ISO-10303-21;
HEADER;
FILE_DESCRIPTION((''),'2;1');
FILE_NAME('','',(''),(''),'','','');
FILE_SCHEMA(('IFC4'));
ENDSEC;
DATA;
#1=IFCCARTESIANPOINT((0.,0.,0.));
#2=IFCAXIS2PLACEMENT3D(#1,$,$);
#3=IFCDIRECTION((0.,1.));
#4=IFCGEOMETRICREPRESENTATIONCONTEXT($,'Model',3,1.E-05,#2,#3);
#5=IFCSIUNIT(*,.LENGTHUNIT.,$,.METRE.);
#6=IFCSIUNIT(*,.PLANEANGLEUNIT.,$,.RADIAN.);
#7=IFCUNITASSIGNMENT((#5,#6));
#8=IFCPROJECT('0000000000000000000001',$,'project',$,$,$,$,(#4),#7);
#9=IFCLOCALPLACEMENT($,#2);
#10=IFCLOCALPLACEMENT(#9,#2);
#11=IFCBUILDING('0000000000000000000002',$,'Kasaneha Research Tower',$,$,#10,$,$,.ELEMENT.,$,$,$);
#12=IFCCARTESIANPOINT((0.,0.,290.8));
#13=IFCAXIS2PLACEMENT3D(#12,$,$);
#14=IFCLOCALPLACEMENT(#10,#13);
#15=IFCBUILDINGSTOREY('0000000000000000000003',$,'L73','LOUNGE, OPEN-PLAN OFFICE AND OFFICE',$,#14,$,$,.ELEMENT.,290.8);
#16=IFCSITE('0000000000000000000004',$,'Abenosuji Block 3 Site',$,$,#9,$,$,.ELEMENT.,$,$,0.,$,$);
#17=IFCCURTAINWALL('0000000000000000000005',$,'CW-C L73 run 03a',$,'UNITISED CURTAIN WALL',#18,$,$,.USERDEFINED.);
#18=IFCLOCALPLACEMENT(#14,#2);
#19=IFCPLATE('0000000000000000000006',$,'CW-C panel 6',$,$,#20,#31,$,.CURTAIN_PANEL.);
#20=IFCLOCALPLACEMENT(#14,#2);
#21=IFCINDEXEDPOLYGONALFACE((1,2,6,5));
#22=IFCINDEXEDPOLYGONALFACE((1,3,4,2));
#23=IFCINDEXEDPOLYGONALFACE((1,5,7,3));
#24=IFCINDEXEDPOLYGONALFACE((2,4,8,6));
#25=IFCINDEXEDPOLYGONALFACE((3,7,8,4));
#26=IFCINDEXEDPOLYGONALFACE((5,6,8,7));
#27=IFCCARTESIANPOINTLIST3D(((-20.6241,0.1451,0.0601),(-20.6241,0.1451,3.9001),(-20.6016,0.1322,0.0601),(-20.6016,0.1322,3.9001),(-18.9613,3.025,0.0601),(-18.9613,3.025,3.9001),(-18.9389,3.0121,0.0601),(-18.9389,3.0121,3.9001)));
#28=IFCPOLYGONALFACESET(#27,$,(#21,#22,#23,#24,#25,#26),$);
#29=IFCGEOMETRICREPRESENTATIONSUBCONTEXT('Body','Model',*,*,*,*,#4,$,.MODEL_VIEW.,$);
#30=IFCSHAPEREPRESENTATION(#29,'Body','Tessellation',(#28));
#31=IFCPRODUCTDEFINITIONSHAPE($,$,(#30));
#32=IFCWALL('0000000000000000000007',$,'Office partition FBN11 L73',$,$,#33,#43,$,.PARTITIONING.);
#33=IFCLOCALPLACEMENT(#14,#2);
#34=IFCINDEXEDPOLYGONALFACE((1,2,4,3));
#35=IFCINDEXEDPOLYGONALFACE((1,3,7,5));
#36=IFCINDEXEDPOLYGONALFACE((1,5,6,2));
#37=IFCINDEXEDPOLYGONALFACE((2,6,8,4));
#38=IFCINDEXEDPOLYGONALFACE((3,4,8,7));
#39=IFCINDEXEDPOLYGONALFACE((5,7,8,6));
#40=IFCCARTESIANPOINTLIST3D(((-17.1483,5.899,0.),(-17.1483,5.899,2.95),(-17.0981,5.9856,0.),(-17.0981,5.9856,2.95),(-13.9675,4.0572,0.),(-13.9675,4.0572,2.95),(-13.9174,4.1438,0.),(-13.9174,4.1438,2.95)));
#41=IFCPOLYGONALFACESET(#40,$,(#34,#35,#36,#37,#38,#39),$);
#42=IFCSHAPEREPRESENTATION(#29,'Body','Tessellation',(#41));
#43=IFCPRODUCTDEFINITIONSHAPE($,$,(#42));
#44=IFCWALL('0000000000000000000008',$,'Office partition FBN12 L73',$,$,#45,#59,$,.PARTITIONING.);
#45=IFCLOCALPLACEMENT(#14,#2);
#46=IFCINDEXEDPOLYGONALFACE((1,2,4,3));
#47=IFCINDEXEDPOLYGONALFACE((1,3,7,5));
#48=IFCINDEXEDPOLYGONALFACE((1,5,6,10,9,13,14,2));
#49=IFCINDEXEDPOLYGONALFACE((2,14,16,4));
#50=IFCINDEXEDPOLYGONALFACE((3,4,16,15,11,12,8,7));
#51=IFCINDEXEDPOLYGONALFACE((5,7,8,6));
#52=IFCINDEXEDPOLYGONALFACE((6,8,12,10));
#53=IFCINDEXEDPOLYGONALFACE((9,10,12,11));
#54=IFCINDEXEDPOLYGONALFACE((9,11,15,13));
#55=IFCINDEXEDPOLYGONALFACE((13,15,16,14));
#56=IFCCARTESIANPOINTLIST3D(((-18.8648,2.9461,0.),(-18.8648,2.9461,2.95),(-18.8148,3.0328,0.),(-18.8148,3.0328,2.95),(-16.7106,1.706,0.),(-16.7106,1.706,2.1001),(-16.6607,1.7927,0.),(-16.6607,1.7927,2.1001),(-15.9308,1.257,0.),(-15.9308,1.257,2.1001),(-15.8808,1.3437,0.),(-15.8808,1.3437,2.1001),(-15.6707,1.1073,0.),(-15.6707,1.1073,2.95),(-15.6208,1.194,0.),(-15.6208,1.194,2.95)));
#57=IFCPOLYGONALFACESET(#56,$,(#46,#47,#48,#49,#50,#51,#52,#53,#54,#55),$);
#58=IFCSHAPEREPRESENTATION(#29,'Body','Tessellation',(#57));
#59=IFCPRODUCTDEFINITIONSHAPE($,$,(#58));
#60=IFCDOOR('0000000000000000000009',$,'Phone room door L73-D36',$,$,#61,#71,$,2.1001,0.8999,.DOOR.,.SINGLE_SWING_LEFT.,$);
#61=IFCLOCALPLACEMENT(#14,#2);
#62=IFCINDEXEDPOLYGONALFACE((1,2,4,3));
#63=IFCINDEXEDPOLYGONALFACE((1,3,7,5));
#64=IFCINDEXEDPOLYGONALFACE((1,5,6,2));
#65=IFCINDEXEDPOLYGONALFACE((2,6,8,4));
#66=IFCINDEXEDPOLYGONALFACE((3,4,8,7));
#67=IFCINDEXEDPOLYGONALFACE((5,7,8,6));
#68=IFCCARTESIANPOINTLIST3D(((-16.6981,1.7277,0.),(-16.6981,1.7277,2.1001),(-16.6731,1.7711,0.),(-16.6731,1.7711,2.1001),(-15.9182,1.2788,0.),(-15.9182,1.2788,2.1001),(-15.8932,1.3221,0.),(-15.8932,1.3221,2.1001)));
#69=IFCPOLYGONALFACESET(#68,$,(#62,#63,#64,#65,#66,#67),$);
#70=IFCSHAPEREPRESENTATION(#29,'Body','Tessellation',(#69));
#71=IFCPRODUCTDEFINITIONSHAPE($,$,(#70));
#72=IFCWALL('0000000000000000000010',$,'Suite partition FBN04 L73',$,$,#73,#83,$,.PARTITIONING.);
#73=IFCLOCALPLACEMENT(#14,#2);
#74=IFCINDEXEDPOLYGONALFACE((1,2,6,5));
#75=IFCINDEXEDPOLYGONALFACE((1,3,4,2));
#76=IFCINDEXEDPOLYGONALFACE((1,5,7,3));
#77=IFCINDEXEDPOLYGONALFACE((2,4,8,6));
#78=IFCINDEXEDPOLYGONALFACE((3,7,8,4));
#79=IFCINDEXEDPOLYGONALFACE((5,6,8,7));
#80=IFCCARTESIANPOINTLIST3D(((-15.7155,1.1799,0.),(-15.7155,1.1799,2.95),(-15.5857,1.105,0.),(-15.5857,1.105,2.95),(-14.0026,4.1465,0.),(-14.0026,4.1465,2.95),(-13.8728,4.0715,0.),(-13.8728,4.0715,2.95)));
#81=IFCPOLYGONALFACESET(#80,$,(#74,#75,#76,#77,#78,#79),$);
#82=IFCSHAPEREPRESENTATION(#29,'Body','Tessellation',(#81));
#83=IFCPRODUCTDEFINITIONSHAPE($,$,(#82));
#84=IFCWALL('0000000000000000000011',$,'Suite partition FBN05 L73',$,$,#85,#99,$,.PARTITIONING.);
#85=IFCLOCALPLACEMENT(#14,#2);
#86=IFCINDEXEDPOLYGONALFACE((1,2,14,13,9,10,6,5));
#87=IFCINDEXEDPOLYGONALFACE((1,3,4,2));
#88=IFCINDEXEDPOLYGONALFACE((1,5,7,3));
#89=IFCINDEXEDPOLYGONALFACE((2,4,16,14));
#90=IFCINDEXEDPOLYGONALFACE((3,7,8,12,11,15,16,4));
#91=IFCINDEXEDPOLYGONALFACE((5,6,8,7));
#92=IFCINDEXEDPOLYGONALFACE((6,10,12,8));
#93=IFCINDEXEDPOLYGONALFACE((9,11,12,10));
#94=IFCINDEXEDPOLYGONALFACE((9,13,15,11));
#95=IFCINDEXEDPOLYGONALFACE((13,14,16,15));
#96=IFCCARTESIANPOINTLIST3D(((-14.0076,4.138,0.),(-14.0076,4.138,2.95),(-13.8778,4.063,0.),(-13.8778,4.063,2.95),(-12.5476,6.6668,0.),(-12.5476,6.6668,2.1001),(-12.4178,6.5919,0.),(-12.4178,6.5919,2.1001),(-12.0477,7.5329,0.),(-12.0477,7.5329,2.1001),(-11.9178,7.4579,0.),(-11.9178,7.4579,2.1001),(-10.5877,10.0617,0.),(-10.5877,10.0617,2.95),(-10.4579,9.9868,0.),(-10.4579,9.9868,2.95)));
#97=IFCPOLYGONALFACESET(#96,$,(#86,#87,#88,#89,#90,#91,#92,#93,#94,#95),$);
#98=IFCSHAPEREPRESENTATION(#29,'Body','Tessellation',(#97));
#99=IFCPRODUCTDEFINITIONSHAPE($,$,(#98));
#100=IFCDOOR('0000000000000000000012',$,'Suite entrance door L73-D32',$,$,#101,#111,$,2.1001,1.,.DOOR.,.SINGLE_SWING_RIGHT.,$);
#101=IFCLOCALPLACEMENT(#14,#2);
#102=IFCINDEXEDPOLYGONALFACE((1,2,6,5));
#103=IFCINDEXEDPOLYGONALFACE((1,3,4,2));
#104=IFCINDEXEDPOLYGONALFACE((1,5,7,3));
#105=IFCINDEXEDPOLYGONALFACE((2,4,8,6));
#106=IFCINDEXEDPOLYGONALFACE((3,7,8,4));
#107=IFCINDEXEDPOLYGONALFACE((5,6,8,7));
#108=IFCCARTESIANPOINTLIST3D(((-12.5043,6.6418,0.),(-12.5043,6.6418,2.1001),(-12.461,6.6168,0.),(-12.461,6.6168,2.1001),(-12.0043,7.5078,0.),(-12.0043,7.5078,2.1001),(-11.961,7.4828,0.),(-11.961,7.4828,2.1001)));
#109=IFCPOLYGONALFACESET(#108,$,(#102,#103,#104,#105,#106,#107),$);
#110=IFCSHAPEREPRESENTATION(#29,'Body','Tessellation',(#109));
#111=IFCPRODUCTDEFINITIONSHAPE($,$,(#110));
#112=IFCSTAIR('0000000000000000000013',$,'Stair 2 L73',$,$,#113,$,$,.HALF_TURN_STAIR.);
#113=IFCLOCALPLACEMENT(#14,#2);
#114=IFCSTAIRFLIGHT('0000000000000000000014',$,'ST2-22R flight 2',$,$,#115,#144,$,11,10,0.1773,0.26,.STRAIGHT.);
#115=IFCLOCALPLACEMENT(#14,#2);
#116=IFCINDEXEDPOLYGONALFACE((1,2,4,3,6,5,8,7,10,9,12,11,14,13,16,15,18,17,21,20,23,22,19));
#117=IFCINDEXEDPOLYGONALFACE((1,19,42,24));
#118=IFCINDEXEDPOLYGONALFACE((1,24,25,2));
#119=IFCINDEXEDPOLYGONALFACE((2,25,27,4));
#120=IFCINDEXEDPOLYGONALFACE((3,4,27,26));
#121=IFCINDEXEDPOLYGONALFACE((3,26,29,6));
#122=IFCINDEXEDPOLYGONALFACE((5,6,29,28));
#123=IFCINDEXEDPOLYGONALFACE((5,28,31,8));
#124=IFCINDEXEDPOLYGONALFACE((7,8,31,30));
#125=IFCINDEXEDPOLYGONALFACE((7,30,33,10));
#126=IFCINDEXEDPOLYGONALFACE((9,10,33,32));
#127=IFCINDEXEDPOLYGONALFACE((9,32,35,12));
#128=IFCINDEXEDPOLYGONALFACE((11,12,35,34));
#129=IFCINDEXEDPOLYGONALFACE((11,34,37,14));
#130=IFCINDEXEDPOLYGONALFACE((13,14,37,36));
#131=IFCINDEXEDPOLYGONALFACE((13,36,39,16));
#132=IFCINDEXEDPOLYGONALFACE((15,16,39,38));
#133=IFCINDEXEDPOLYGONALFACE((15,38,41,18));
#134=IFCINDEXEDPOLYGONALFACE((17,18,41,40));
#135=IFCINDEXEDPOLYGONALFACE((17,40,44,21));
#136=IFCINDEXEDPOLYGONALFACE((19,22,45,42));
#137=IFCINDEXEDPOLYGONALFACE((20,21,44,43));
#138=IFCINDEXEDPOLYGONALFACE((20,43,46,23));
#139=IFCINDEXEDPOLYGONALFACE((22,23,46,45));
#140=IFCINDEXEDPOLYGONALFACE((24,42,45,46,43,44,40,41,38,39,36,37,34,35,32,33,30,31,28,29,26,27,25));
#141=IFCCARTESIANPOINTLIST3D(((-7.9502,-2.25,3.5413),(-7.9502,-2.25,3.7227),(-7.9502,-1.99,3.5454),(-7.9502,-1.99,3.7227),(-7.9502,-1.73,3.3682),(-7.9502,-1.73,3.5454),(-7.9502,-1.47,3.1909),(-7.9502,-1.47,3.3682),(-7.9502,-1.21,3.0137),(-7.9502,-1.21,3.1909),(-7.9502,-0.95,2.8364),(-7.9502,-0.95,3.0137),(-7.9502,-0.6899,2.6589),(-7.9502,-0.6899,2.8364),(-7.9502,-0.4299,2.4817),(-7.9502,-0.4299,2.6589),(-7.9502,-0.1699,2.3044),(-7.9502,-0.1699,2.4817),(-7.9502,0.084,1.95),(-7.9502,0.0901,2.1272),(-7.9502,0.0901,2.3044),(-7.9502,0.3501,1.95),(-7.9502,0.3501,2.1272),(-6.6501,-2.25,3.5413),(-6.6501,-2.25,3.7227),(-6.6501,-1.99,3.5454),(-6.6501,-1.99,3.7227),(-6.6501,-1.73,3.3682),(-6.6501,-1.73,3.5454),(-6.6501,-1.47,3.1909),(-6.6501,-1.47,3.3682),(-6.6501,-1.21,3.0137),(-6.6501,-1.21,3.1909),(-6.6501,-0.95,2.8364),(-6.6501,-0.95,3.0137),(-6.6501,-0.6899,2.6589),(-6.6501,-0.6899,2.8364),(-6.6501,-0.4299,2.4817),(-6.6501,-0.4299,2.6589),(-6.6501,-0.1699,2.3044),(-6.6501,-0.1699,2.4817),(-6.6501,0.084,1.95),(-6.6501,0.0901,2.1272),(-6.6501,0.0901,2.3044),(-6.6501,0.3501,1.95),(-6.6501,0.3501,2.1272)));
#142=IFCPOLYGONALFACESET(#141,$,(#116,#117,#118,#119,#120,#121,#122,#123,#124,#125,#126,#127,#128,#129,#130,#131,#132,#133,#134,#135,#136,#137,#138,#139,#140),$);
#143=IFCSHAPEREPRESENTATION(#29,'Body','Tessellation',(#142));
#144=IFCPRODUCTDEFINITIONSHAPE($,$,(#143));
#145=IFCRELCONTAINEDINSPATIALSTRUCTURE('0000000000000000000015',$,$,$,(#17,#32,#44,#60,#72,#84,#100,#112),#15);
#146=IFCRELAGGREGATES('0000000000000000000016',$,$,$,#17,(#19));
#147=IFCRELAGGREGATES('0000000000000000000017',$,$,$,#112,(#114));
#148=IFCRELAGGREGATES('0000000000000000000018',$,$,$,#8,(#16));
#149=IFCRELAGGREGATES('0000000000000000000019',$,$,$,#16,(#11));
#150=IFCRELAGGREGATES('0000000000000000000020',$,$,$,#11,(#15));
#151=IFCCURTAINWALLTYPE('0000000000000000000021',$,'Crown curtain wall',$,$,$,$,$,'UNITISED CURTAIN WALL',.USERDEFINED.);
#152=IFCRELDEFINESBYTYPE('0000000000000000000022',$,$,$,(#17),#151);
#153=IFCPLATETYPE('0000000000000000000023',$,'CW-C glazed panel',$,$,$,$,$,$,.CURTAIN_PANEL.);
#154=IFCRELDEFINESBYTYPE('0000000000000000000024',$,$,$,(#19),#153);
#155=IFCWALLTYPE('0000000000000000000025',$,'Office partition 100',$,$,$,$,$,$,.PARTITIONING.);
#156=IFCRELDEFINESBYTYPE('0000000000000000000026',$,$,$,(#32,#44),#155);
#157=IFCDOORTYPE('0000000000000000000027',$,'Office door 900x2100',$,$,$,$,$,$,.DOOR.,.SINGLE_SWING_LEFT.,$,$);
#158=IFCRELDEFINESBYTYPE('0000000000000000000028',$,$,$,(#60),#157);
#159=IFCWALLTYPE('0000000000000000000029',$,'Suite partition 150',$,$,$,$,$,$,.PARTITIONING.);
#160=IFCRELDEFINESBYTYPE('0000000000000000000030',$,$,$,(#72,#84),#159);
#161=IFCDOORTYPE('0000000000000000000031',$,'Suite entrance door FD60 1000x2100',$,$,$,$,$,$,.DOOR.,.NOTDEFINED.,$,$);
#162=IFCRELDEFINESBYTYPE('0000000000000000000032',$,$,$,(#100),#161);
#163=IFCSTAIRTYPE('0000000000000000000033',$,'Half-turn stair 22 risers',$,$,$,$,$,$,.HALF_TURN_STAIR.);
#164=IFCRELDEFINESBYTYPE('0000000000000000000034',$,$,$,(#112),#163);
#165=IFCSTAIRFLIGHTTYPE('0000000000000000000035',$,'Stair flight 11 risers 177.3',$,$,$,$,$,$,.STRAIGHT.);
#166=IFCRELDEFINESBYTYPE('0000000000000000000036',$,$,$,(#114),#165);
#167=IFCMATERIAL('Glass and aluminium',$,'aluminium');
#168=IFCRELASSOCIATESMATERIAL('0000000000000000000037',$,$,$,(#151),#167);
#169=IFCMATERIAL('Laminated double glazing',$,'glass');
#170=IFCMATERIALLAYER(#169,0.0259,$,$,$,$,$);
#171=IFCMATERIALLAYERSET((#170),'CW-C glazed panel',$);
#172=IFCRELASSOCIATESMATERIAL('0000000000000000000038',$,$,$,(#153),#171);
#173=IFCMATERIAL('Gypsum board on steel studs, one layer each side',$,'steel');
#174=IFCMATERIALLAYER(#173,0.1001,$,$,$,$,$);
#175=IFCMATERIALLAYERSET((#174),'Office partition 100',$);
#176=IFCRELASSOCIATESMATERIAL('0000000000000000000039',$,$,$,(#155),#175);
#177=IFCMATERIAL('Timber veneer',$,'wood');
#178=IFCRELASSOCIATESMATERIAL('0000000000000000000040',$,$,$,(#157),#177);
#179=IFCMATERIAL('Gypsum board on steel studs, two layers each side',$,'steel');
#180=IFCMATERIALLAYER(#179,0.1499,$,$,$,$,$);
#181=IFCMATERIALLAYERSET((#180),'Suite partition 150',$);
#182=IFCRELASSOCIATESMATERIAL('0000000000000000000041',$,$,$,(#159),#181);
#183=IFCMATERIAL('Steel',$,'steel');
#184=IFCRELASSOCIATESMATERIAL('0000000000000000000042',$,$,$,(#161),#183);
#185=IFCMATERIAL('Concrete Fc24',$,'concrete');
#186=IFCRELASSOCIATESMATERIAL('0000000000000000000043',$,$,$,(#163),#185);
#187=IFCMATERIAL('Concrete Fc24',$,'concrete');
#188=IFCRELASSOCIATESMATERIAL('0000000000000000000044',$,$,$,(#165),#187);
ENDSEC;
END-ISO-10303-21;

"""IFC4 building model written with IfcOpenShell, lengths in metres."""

from ifc_helpers import new_model, si_unit, direction, frame, frame_2d, origin, origin_2d, place, context, subcontext, project, spatial, polyline, rectangle, outline, extrude, material, layer, layer_set, type_object, element, fill, aggregate, save


model = new_model("IFC4")

# Units and contexts
model_context = context("Model", 3, precision=1e-05, world=origin(), true_north=direction((0.0, 1.0)))
body_context = subcontext(model_context, "Body", "Model", "MODEL_VIEW")
ifc_project = project(units=[si_unit("LENGTHUNIT", "METRE"), si_unit("PLANEANGLEUNIT", "RADIAN")], contexts=[model_context])

# Site, building, storey
site_placement = place(None, origin())
site = spatial("IfcSite", under=ifc_project, at=site_placement, Name="Abenosuji Block 3 Site", CompositionType="ELEMENT", RefElevation=0.0)
building_placement = place(site_placement, origin())
building = spatial("IfcBuilding", under=site, at=building_placement, Name="Kasaneha Research Tower", CompositionType="ELEMENT")
storey_placement = place(building_placement, frame((0.0, 0.0, 290.8)))
storey = spatial("IfcBuildingStorey", under=building, at=storey_placement, Name="L73", Description="LOUNGE, OPEN-PLAN OFFICE AND OFFICE", CompositionType="ELEMENT", Elevation=290.8)

# Curtain wall
ifc_material_1 = material(Name="Glass and aluminium", Category="aluminium")
curtain_wall_type = type_object("IfcCurtainWallType", Name="Crown curtain wall", ElementType="UNITISED CURTAIN WALL", PredefinedType="USERDEFINED", material=ifc_material_1)
curtain_wall_placement = place(storey_placement, origin())
curtain_wall = element("IfcCurtainWall", 1, at=curtain_wall_placement, inside=storey, type_object=curtain_wall_type, Name="CW-C L73 run 03a", ObjectType="UNITISED CURTAIN WALL", PredefinedType="USERDEFINED")

# Plate
ifc_material_2 = material(Name="Laminated double glazing", Category="glass")
ifc_layer_1 = layer(ifc_material_2, 0.0259)
ifc_layer_set_1 = layer_set([ifc_layer_1], Name="CW-C glazed panel")
plate_type = type_object("IfcPlateType", Name="CW-C glazed panel", PredefinedType="CURTAIN_PANEL", material=ifc_layer_set_1)
plate_1_placement = place(storey_placement, frame((-19.7815, 1.5786, 0.0601), z_axis=(0.0, 0.0, 1.0), x_axis=(-0.5, -0.866025, 0.0)))
plate_1 = element("IfcPlate", 2, at=plate_1_placement, type_object=plate_type, Name="CW-C panel 6", PredefinedType="CURTAIN_PANEL", context=body_context, shape_type="SweptSolid", body=[
    extrude(rectangle(XDim=3.3254, YDim=0.0259, at=origin_2d()), origin(), (0.0, 0.0, 1.0), 3.8401),
])
aggregate(curtain_wall, [plate_1])

# Wall
ifc_material_3 = material(Name="Gypsum board on steel studs, one layer each side", Category="steel")
ifc_layer_2 = layer(ifc_material_3, 0.1001)
ifc_layer_set_2 = layer_set([ifc_layer_2], Name="Office partition 100")
wall_type_1 = type_object("IfcWallType", Name="Office partition 100", PredefinedType="PARTITIONING", material=ifc_layer_set_2)
wall_1_placement = place(storey_placement, frame((-17.1233, 5.9424, 0.0), z_axis=(0.0, 0.0, 1.0), x_axis=(0.865384, -0.50111, 0.0)))
element("IfcWall", 3, at=wall_1_placement, inside=storey, type_object=wall_type_1, Name="Office partition FBN11 L73", PredefinedType="PARTITIONING", context=body_context, shape_type="SweptSolid", body=[
    extrude(rectangle(XDim=3.6755, YDim=0.1001, at=frame_2d((1.8379, 0.0))), origin(), (0.0, 0.0, 1.0), 2.95),
])

# Wall, opening, door
wall_2_placement = place(storey_placement, frame((-15.6458, 1.1506, 0.0), z_axis=(0.0, 0.0, 1.0), x_axis=(-0.866641, 0.498933, 0.0)))
wall_2 = element("IfcWall", 4, at=wall_2_placement, inside=storey, type_object=wall_type_1, Name="Office partition FBN12 L73", PredefinedType="PARTITIONING", context=body_context, shape_type="SweptSolid", body=[
    extrude(rectangle(XDim=3.6855, YDim=0.1001, at=frame_2d((1.8428, 0.0))), origin(), (0.0, 0.0, 1.0), 2.95),
])
opening_1_placement = place(wall_2_placement, frame((0.3, 0.0, 0.0)))
opening_1 = element("IfcOpeningElement", 5, at=opening_1_placement, cuts=wall_2, PredefinedType="OPENING", context=body_context, shape_type="SweptSolid", body=[
    extrude(rectangle(XDim=0.8999, YDim=2.1001, at=frame_2d((0.45, 1.05))), frame((0.0, 0.0601, 0.0), z_axis=(0.0, -1.0, 0.0), x_axis=(1.0, 0.0, 0.0)), (0.0, 0.0, 1.0), 0.1201),
])
ifc_material_4 = material(Name="Timber veneer", Category="wood")
door_type_1 = type_object("IfcDoorType", Name="Office door 900x2100", OperationType="SINGLE_SWING_LEFT", PredefinedType="DOOR", material=ifc_material_4)
door_1_placement = place(opening_1_placement, origin())
door_1 = element("IfcDoor", 6, at=door_1_placement, inside=storey, type_object=door_type_1, Name="Phone room door L73-D36", OperationType="SINGLE_SWING_LEFT", OverallHeight=2.1001, OverallWidth=0.8999, PredefinedType="DOOR", context=body_context, shape_type="SweptSolid", body=[
    extrude(rectangle(XDim=0.8999, YDim=2.1001, at=frame_2d((0.45, 1.05))), frame((0.0, 0.0249, 0.0), z_axis=(0.0, -1.0, 0.0), x_axis=(1.0, 0.0, 0.0)), (0.0, 0.0, 1.0), 0.05),
])
fill(opening_1, door_1)

# Wall
ifc_material_5 = material(Name="Gypsum board on steel studs, two layers each side", Category="steel")
ifc_layer_3 = layer(ifc_material_5, 0.1499)
ifc_layer_set_3 = layer_set([ifc_layer_3], Name="Suite partition 150")
wall_type_2 = type_object("IfcWallType", Name="Suite partition 150", PredefinedType="PARTITIONING", material=ifc_layer_set_3)
wall_3_placement = place(storey_placement, frame((-15.6506, 1.1423, 0.0), z_axis=(0.0, 0.0, 1.0), x_axis=(0.500033, 0.866006, 0.0)))
element("IfcWall", 7, at=wall_3_placement, inside=storey, type_object=wall_type_2, Name="Suite partition FBN04 L73", PredefinedType="PARTITIONING", context=body_context, shape_type="SweptSolid", body=[
    extrude(rectangle(XDim=3.4255, YDim=0.1499, at=frame_2d((1.7129, 0.0))), origin(), (0.0, 0.0, 1.0), 2.95),
])

# Wall, opening, door
wall_4_placement = place(storey_placement, frame((-13.9426, 4.1006, 0.0), z_axis=(0.0, 0.0, 1.0), x_axis=(0.499978, 0.866038, 0.0)))
wall_4 = element("IfcWall", 8, at=wall_4_placement, inside=storey, type_object=wall_type_2, Name="Suite partition FBN05 L73", PredefinedType="PARTITIONING", context=body_context, shape_type="SweptSolid", body=[
    extrude(rectangle(XDim=6.8401, YDim=0.1499, at=frame_2d((3.4199, 0.0))), origin(), (0.0, 0.0, 1.0), 2.95),
])
opening_2_placement = place(wall_4_placement, frame((2.9199, 0.0, 0.0)))
opening_2 = element("IfcOpeningElement", 9, at=opening_2_placement, cuts=wall_4, PredefinedType="OPENING", context=body_context, shape_type="SweptSolid", body=[
    extrude(rectangle(XDim=1.0, YDim=2.1001, at=frame_2d((0.5, 1.05))), frame((0.0, 0.085, 0.0), z_axis=(0.0, -1.0, 0.0), x_axis=(1.0, 0.0, 0.0)), (0.0, 0.0, 1.0), 0.1699),
])
ifc_material_6 = material(Name="Steel", Category="steel")
door_type_2 = type_object("IfcDoorType", Name="Suite entrance door FD60 1000x2100", OperationType="NOTDEFINED", PredefinedType="DOOR", material=ifc_material_6)
door_2_placement = place(opening_2_placement, origin())
door_2 = element("IfcDoor", 10, at=door_2_placement, inside=storey, type_object=door_type_2, Name="Suite entrance door L73-D32", OperationType="SINGLE_SWING_RIGHT", OverallHeight=2.1001, OverallWidth=1.0, PredefinedType="DOOR", context=body_context, shape_type="SweptSolid", body=[
    extrude(rectangle(XDim=1.0, YDim=2.1001, at=frame_2d((0.5, 1.05))), frame((0.0, 0.0249, 0.0), z_axis=(0.0, -1.0, 0.0), x_axis=(1.0, 0.0, 0.0)), (0.0, 0.0, 1.0), 0.05),
])
fill(opening_2, door_2)

# Stair, stair flight
ifc_material_7 = material(Name="Concrete Fc24", Category="concrete")
stair_type = type_object("IfcStairType", Name="Half-turn stair 22 risers", PredefinedType="HALF_TURN_STAIR", material=ifc_material_7)
stair_placement = place(storey_placement, origin())
stair = element("IfcStair", 11, at=stair_placement, inside=storey, type_object=stair_type, Name="Stair 2 L73", PredefinedType="HALF_TURN_STAIR")
ifc_material_8 = material(Name="Concrete Fc24", Category="concrete")
stair_flight_type = type_object("IfcStairFlightType", Name="Stair flight 11 risers 177.3", PredefinedType="STRAIGHT", material=ifc_material_8)
stair_flight_placement = place(storey_placement, frame((-7.3, 0.3501, 1.95), z_axis=(0.0, 0.0, 1.0), x_axis=(0.0, -1.0, 0.0)))
stair_flight = element("IfcStairFlight", 12, at=stair_flight_placement, type_object=stair_flight_type, Name="ST2-22R flight 2", NumberOfRisers=11, NumberOfTreads=10, PredefinedType="STRAIGHT", RiserHeight=0.1773, TreadLength=0.26, context=body_context, shape_type="SweptSolid", body=[
    extrude(outline(polyline([(0.0, 0.0), (0.0, 0.1772), (0.26, 0.1772), (0.26, 0.3545), (0.52, 0.3545), (0.52, 0.5317), (0.78, 0.5317), (0.78, 0.709), (1.04, 0.709), (1.04, 0.8865), (1.3, 0.8865), (1.3, 1.0637), (1.5601, 1.0637), (1.5601, 1.241), (1.8201, 1.241), (1.8201, 1.4182), (2.0801, 1.4182), (2.0801, 1.5955), (2.3401, 1.5955), (2.3401, 1.7727), (2.6001, 1.7727), (2.6001, 1.95), (2.6001, 1.5913), (0.2661, 0.0), (0.0, 0.0)])), frame((0.0, 0.6499, 0.0), z_axis=(0.0, -1.0, 0.0), x_axis=(1.0, 0.0, 0.0)), (0.0, 0.0, 1.0), 1.3),
])
aggregate(stair, [stair_flight])

save(model, "model.ifc")
